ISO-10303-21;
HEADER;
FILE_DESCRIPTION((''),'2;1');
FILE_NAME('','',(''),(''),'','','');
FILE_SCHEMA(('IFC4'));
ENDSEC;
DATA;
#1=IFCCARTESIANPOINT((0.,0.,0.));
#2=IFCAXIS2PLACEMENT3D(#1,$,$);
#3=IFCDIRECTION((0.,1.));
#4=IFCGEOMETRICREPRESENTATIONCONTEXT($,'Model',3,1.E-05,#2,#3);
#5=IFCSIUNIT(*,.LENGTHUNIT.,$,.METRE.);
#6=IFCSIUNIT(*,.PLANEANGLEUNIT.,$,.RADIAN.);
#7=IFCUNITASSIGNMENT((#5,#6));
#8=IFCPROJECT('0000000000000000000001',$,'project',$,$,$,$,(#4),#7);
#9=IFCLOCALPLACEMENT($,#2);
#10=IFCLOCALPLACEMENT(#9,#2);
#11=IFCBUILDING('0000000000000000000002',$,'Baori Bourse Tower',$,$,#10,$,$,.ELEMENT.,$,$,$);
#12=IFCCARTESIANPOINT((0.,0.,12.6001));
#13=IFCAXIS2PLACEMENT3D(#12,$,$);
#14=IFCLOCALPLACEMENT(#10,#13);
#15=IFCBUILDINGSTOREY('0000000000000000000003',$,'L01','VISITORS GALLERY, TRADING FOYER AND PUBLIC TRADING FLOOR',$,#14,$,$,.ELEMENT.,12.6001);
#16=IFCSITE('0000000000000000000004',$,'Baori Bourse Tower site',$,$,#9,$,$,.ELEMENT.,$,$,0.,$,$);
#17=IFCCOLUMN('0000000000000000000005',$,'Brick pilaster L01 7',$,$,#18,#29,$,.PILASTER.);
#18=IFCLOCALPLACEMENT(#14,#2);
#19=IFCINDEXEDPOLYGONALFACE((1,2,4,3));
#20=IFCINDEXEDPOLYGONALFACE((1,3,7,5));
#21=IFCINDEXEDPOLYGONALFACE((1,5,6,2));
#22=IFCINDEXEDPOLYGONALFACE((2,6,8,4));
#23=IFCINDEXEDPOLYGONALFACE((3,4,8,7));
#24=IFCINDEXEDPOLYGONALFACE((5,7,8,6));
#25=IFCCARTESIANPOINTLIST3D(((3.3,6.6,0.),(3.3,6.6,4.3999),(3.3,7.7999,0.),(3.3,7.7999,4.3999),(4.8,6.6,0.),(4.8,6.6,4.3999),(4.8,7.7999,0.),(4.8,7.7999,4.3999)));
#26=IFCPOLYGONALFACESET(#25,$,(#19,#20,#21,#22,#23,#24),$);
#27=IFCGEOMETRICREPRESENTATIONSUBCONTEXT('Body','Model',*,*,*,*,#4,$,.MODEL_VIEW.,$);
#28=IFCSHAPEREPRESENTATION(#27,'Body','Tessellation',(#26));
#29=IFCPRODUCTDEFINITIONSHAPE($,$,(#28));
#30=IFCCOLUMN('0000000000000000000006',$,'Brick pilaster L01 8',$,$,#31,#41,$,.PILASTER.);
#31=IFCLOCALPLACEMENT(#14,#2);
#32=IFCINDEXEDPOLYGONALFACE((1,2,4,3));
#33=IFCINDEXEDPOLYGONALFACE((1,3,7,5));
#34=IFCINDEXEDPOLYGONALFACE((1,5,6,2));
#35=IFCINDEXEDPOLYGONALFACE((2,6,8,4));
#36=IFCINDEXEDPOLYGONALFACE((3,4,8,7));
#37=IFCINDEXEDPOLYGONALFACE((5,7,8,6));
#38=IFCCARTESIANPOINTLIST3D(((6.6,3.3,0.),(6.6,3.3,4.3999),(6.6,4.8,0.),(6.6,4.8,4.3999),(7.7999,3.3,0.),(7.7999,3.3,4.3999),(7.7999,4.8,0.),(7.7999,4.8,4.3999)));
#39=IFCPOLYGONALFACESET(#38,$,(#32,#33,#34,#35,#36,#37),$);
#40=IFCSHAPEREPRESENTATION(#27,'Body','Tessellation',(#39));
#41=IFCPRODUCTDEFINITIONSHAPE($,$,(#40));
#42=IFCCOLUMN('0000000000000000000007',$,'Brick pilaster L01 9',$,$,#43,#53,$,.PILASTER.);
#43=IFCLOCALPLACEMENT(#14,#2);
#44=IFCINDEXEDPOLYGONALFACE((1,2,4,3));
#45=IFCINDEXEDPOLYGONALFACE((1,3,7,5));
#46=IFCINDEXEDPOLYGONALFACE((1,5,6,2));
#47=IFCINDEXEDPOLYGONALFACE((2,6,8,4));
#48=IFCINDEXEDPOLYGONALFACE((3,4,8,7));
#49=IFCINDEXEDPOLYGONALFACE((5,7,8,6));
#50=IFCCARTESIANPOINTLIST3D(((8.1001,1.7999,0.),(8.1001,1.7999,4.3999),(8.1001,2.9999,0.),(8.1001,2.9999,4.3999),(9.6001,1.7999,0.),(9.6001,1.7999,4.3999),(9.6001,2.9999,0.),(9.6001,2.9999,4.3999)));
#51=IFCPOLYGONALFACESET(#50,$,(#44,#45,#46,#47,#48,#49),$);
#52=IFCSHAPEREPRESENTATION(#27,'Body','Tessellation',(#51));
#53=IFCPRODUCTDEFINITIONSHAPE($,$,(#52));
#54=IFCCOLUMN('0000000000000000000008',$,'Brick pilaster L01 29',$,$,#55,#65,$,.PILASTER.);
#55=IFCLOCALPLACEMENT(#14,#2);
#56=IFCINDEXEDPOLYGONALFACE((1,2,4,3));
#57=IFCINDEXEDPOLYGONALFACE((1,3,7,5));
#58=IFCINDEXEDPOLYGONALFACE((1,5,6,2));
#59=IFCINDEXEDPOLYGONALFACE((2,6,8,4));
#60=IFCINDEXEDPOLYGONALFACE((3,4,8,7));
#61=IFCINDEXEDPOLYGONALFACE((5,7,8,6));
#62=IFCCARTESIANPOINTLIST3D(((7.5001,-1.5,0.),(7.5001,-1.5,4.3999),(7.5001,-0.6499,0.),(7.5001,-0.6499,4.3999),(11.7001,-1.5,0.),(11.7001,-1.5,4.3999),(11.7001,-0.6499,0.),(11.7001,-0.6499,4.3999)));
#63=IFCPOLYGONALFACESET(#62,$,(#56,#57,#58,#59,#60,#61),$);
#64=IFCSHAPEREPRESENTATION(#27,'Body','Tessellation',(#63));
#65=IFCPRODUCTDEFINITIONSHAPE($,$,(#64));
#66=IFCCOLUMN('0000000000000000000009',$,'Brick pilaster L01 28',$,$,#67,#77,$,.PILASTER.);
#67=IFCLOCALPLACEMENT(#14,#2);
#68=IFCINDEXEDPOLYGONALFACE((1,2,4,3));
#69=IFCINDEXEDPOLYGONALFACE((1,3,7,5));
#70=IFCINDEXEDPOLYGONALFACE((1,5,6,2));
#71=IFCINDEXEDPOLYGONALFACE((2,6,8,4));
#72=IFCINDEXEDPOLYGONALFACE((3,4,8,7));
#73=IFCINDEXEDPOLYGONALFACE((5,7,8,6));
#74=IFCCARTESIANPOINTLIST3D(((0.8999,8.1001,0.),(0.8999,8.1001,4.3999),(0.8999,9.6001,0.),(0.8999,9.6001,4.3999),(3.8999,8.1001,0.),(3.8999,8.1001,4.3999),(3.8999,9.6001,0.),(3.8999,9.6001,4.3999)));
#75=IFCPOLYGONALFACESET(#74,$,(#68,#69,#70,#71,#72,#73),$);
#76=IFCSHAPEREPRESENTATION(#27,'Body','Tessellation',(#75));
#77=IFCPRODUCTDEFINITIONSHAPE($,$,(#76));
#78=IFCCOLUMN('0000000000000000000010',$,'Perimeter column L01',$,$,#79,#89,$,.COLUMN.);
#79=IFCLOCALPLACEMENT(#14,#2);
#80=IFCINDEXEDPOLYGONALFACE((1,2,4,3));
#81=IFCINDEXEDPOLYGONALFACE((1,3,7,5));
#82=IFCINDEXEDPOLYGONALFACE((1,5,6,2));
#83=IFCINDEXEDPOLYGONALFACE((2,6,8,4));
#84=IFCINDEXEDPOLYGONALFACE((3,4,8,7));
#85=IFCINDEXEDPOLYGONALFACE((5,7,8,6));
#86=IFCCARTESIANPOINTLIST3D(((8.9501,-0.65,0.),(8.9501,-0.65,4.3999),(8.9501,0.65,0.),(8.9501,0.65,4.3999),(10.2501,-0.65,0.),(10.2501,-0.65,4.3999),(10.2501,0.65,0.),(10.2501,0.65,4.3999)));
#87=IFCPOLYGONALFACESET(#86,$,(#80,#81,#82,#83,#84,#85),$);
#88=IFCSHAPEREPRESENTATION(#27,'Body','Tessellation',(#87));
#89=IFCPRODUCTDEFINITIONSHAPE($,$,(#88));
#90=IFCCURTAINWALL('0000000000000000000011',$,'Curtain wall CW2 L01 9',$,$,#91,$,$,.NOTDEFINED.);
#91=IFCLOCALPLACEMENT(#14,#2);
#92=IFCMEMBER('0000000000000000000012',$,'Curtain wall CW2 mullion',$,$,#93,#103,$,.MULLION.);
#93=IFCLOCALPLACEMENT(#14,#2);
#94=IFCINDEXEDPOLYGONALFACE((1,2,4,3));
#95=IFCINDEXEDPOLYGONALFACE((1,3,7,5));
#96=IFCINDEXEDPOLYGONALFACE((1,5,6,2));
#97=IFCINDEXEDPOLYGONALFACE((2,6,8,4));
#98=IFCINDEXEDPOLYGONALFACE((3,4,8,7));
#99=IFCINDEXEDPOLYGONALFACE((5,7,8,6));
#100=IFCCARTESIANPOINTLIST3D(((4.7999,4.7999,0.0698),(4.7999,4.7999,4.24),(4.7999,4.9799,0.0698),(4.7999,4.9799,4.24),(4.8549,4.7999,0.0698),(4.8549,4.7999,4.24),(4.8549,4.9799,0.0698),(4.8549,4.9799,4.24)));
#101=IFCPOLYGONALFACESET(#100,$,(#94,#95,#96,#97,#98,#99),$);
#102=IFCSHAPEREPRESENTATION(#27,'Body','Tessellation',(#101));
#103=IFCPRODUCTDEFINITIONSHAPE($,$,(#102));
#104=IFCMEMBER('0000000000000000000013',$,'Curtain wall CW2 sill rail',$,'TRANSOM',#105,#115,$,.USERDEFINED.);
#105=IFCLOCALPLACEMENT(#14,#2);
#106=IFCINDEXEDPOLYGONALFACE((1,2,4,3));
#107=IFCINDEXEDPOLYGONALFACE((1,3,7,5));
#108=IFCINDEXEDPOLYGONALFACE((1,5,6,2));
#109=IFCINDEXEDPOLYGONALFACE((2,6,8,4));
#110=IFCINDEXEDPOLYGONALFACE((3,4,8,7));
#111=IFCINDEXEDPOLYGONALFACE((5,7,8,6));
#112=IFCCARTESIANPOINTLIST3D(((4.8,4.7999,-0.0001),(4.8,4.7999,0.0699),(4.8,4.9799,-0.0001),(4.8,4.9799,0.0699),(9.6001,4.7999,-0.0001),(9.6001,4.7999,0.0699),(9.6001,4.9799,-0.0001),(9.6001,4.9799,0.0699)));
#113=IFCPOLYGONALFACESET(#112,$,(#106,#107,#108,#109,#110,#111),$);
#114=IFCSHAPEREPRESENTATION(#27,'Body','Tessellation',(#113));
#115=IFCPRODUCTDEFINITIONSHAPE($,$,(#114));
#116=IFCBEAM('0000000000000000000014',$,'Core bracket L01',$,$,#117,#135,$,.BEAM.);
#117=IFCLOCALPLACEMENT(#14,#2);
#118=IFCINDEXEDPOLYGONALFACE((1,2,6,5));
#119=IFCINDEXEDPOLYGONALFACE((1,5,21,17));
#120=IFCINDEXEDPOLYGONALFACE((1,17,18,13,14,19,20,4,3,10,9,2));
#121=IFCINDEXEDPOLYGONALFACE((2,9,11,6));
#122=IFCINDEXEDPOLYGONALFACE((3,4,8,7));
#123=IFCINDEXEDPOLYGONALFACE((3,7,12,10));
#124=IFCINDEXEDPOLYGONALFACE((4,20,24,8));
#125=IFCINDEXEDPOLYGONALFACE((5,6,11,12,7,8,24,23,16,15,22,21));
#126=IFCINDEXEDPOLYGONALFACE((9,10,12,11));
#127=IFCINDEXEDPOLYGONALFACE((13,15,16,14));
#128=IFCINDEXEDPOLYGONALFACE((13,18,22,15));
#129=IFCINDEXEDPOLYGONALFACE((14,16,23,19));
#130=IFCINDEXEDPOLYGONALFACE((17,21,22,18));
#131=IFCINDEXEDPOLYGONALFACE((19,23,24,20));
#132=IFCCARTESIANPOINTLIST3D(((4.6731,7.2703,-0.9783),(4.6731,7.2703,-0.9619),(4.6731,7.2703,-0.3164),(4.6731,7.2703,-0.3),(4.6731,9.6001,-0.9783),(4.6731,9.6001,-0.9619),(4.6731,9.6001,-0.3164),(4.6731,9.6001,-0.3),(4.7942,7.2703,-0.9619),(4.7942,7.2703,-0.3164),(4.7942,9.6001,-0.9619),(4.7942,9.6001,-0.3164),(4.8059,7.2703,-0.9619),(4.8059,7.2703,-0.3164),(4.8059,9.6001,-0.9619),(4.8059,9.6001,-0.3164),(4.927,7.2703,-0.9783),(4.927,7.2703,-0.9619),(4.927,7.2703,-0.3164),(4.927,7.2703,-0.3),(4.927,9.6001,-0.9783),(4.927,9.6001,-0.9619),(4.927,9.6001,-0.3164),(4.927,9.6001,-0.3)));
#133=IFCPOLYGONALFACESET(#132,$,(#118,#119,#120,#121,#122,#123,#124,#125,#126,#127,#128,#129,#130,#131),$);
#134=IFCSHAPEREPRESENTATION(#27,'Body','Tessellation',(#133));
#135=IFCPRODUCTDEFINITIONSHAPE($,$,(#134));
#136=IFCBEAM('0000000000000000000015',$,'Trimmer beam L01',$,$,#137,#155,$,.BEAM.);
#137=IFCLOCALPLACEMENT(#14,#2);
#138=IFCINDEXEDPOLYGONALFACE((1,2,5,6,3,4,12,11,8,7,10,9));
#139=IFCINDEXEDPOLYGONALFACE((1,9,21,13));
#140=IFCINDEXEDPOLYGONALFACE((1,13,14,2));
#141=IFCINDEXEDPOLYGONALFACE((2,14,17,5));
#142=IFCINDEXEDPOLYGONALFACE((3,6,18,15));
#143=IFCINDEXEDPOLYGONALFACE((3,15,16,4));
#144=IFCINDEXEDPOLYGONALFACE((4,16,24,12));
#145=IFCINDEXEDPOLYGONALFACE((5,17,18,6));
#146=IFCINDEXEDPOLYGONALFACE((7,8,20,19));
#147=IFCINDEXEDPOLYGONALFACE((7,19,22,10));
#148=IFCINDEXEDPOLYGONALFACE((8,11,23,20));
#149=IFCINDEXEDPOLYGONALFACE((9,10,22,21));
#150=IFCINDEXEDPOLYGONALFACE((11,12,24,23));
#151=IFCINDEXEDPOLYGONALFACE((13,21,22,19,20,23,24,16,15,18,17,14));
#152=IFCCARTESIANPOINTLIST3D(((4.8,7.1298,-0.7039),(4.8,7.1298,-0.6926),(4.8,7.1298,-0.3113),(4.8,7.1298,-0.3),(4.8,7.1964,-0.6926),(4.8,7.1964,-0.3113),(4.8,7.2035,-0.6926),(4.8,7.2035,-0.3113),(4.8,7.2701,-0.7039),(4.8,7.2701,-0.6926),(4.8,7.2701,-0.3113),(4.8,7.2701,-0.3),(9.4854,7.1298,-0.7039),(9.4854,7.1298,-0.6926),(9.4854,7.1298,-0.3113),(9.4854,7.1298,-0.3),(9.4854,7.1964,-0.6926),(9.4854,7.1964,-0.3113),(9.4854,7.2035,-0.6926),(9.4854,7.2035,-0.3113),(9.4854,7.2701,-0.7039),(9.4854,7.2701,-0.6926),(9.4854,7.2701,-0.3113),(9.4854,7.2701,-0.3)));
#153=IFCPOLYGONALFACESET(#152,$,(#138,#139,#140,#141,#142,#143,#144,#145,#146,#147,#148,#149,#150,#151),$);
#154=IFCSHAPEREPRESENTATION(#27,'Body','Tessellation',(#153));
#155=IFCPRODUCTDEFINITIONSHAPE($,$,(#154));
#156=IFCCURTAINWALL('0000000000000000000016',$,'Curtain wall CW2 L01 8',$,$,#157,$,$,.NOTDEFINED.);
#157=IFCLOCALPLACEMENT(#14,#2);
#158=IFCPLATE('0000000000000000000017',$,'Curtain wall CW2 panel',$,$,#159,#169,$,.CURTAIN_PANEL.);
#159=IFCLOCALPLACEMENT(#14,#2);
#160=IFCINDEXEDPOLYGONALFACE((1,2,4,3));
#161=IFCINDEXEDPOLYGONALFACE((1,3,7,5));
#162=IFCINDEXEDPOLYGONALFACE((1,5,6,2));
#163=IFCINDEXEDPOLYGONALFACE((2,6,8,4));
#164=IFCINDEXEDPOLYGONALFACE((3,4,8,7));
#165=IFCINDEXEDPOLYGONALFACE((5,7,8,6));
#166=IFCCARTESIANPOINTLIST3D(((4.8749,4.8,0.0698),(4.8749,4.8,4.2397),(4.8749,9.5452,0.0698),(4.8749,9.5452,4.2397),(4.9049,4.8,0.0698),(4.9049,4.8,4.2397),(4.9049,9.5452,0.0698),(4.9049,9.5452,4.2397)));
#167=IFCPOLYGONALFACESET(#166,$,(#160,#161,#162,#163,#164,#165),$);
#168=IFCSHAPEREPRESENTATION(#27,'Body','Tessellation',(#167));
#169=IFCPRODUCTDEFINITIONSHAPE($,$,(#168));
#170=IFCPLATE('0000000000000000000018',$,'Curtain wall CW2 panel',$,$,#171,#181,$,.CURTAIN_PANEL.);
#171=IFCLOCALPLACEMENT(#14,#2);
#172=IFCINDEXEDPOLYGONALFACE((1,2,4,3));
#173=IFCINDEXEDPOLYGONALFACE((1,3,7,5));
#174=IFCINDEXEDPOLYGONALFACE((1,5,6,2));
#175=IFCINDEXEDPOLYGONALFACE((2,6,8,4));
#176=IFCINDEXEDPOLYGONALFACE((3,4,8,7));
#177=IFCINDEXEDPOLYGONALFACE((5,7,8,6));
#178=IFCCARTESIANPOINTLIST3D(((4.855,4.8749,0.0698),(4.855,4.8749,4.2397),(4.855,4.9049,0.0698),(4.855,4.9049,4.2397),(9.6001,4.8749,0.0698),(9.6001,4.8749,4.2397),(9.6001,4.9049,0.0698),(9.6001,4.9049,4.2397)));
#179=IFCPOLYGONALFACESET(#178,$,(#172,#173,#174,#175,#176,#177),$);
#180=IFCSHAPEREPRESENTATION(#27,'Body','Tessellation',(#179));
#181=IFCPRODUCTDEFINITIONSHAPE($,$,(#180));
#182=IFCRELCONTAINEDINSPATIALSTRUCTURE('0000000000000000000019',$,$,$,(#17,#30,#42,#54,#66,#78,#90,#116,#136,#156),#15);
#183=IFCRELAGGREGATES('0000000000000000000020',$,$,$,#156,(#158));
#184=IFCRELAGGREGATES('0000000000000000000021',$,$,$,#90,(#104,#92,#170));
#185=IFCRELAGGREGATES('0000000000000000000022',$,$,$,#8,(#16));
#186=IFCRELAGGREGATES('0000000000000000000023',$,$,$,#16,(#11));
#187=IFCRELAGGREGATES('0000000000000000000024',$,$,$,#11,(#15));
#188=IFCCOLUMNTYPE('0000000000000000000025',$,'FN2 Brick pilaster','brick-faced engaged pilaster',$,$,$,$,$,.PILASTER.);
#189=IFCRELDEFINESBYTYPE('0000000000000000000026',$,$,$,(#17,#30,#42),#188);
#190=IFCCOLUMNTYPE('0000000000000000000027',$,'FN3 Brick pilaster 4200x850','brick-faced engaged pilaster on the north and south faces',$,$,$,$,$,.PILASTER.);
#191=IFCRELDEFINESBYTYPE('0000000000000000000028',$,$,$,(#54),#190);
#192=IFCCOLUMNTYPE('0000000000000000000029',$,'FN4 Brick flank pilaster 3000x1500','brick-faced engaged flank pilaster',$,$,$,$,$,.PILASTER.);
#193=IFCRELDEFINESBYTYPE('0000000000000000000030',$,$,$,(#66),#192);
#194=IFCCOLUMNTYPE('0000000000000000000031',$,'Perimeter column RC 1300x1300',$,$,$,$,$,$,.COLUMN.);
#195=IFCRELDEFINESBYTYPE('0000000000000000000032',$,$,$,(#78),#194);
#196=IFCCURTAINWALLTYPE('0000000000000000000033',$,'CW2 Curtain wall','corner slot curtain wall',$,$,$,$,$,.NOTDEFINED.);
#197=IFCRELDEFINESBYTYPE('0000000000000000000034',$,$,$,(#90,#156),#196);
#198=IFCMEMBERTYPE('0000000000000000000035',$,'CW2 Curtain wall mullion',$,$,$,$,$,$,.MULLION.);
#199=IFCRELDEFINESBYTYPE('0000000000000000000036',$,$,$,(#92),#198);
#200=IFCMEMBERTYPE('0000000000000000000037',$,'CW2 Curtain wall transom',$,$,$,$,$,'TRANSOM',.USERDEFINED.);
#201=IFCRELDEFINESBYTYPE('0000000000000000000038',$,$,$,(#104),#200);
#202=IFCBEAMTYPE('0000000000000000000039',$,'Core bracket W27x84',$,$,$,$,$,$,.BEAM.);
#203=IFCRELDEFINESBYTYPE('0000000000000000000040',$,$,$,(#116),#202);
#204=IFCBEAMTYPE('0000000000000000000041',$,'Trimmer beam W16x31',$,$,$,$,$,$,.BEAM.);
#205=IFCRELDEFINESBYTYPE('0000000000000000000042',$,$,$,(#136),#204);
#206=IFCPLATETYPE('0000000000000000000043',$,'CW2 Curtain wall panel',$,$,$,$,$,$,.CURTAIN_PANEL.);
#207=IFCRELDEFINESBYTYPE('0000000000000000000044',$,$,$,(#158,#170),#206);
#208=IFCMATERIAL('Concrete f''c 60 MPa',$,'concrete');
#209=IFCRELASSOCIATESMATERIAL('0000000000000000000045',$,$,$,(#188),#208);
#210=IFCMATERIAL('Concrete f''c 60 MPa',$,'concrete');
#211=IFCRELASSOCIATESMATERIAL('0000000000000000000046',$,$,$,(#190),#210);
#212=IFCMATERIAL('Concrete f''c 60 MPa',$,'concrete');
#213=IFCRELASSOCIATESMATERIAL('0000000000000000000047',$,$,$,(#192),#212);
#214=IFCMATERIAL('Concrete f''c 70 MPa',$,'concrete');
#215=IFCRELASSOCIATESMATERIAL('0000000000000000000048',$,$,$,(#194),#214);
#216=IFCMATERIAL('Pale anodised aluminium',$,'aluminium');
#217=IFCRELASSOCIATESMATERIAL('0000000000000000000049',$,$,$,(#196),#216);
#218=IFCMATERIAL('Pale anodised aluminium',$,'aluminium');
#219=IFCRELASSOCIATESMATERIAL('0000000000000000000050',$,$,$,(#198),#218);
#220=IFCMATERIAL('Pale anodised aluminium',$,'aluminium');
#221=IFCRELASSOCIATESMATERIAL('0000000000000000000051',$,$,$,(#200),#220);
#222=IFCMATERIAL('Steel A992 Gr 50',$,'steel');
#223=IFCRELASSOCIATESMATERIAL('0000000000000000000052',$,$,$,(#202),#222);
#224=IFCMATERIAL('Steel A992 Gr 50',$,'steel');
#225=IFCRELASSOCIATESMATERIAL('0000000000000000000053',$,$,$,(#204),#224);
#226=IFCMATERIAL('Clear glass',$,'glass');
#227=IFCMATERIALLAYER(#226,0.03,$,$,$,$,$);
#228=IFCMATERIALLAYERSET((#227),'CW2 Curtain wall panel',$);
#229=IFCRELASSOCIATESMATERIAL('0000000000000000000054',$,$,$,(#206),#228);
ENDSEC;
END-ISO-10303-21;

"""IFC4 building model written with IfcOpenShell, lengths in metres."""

from ifc_helpers import new_model, si_unit, direction, frame, origin, origin_2d, place, context, subcontext, project, spatial, rectangle, i_section, extrude, material, layer, layer_set, material_profile, profile_set, type_object, element, aggregate, save


model = new_model("IFC4")

# Units and contexts
model_context = context("Model", 3, precision=1e-05, world=origin(), true_north=direction((0.0, 1.0)))
body_context = subcontext(model_context, "Body", "Model", "MODEL_VIEW")
ifc_project = project(units=[si_unit("LENGTHUNIT", "METRE"), si_unit("PLANEANGLEUNIT", "RADIAN")], contexts=[model_context])

# Site, building, storey
site_placement = place(None, origin())
site = spatial("IfcSite", under=ifc_project, at=site_placement, Name="Baori Bourse Tower site", CompositionType="ELEMENT", RefElevation=0.0)
building_placement = place(site_placement, origin())
building = spatial("IfcBuilding", under=site, at=building_placement, Name="Baori Bourse Tower", CompositionType="ELEMENT")
storey_placement = place(building_placement, frame((0.0, 0.0, 12.6001)))
storey = spatial("IfcBuildingStorey", under=building, at=storey_placement, Name="L01", Description="VISITORS GALLERY, TRADING FOYER AND PUBLIC TRADING FLOOR", CompositionType="ELEMENT", Elevation=12.6001)

# Columns
ifc_material_1 = material(Name="Concrete f'c 60 MPa", Category="concrete")
ifc_material_profile_1 = material_profile(ifc_material_1, rectangle(XDim=1.2, YDim=1.5, at=origin_2d()), Name="RC 1200x1500")
ifc_profile_set_1 = profile_set([ifc_material_profile_1], Name="Concrete f'c 60 MPa")
column_type_1 = type_object("IfcColumnType", Name="FN2 Brick pilaster", Description="brick-faced engaged pilaster", PredefinedType="PILASTER", material=ifc_profile_set_1)
for number, where, z_axis, x_axis, name in (
    (1, (4.05, 7.2, 0.0), (0.0, 0.0, 1.0), (0.0, 1.0, 0.0), "Brick pilaster L01 7"),
    (2, (7.2, 4.05, 0.0), (0.0, 0.0, 1.0), (1.0, 0.0, 0.0), "Brick pilaster L01 8"),
    (3, (8.8501, 2.3999, 0.0), (0.0, 0.0, 1.0), (0.0, 1.0, 0.0), "Brick pilaster L01 9"),
):
    element("IfcColumn", number, at=place(storey_placement, frame(where, z_axis=z_axis, x_axis=x_axis)), inside=storey, type_object=column_type_1, Name=name, PredefinedType="PILASTER", context=body_context, shape_type="SweptSolid", body=[
        extrude(rectangle(XDim=1.2, YDim=1.5, at=origin_2d()), origin(), (0.0, 0.0, 1.0), 4.3999),
    ])
ifc_material_2 = material(Name="Concrete f'c 60 MPa", Category="concrete")
ifc_material_profile_2 = material_profile(ifc_material_2, rectangle(XDim=4.2, YDim=0.8501, at=origin_2d()), Name="RC 4200x850")
ifc_profile_set_2 = profile_set([ifc_material_profile_2], Name="Concrete f'c 60 MPa")
column_type_2 = type_object("IfcColumnType", Name="FN3 Brick pilaster 4200x850", Description="brick-faced engaged pilaster on the north and south faces", PredefinedType="PILASTER", material=ifc_profile_set_2)
column_1_placement = place(storey_placement, frame((9.6001, -1.075, 0.0), z_axis=(0.0, 0.0, 1.0), x_axis=(1.0, 0.0, 0.0)))
element("IfcColumn", 4, at=column_1_placement, inside=storey, type_object=column_type_2, Name="Brick pilaster L01 29", PredefinedType="PILASTER", context=body_context, shape_type="SweptSolid", body=[
    extrude(rectangle(XDim=4.2, YDim=0.8501, at=origin_2d()), origin(), (0.0, 0.0, 1.0), 4.3999),
])
ifc_material_3 = material(Name="Concrete f'c 60 MPa", Category="concrete")
ifc_material_profile_3 = material_profile(ifc_material_3, rectangle(XDim=3.0, YDim=1.5, at=origin_2d()), Name="RC 3000x1500")
ifc_profile_set_3 = profile_set([ifc_material_profile_3], Name="Concrete f'c 60 MPa")
column_type_3 = type_object("IfcColumnType", Name="FN4 Brick flank pilaster 3000x1500", Description="brick-faced engaged flank pilaster", PredefinedType="PILASTER", material=ifc_profile_set_3)
column_2_placement = place(storey_placement, frame((2.3999, 8.8501, 0.0), z_axis=(0.0, 0.0, 1.0), x_axis=(1.0, 0.0, 0.0)))
element("IfcColumn", 5, at=column_2_placement, inside=storey, type_object=column_type_3, Name="Brick pilaster L01 28", PredefinedType="PILASTER", context=body_context, shape_type="SweptSolid", body=[
    extrude(rectangle(XDim=3.0, YDim=1.5, at=origin_2d()), origin(), (0.0, 0.0, 1.0), 4.3999),
])
ifc_material_4 = material(Name="Concrete f'c 70 MPa", Category="concrete")
ifc_material_profile_4 = material_profile(ifc_material_4, rectangle(XDim=1.3, YDim=1.3, at=origin_2d()), Name="RC 1300x1300")
ifc_profile_set_4 = profile_set([ifc_material_profile_4], Name="Concrete f'c 70 MPa")
column_type_4 = type_object("IfcColumnType", Name="Perimeter column RC 1300x1300", PredefinedType="COLUMN", material=ifc_profile_set_4)
column_3_placement = place(storey_placement, frame((9.6001, 0.0, 0.0), z_axis=(0.0, 0.0, 1.0), x_axis=(1.0, 0.0, 0.0)))
element("IfcColumn", 6, at=column_3_placement, inside=storey, type_object=column_type_4, Name="Perimeter column L01", PredefinedType="COLUMN", context=body_context, shape_type="SweptSolid", body=[
    extrude(rectangle(XDim=1.3, YDim=1.3, at=origin_2d()), origin(), (0.0, 0.0, 1.0), 4.3999),
])

# Curtain wall, members
ifc_material_5 = material(Name="Pale anodised aluminium", Category="aluminium")
curtain_wall_type = type_object("IfcCurtainWallType", Name="CW2 Curtain wall", Description="corner slot curtain wall", PredefinedType="NOTDEFINED", material=ifc_material_5)
curtain_wall_1_placement = place(storey_placement, origin())
curtain_wall_1 = element("IfcCurtainWall", 7, at=curtain_wall_1_placement, inside=storey, type_object=curtain_wall_type, Name="Curtain wall CW2 L01 9", PredefinedType="NOTDEFINED")
ifc_material_6 = material(Name="Pale anodised aluminium", Category="aluminium")
ifc_material_profile_5 = material_profile(ifc_material_6, rectangle(XDim=0.1799, YDim=0.0549, at=origin_2d()), Name="Mullion 55x180")
ifc_profile_set_5 = profile_set([ifc_material_profile_5], Name="Pale anodised aluminium")
member_type_1 = type_object("IfcMemberType", Name="CW2 Curtain wall mullion", PredefinedType="MULLION", material=ifc_profile_set_5)
member_1_placement = place(storey_placement, frame((4.8274, 4.8899, 0.0698), z_axis=(0.0, 0.0, 1.0), x_axis=(0.0, 1.0, 0.0)))
member_1 = element("IfcMember", 8, at=member_1_placement, type_object=member_type_1, Name="Curtain wall CW2 mullion", PredefinedType="MULLION", context=body_context, shape_type="SweptSolid", body=[
    extrude(rectangle(XDim=0.1799, YDim=0.0549, at=origin_2d()), origin(), (0.0, 0.0, 1.0), 4.1702),
])
ifc_material_7 = material(Name="Pale anodised aluminium", Category="aluminium")
ifc_material_profile_6 = material_profile(ifc_material_7, rectangle(XDim=0.1799, YDim=0.0701, at=origin_2d()), Name="Transom 70x180")
ifc_profile_set_6 = profile_set([ifc_material_profile_6], Name="Pale anodised aluminium")
member_type_2 = type_object("IfcMemberType", Name="CW2 Curtain wall transom", ElementType="TRANSOM", PredefinedType="USERDEFINED", material=ifc_profile_set_6)
member_2_placement = place(storey_placement, frame((4.8, 4.8899, 0.0349), z_axis=(1.0, 0.0, 0.0), x_axis=(0.0, 1.0, 0.0)))
member_2 = element("IfcMember", 9, at=member_2_placement, type_object=member_type_2, Name="Curtain wall CW2 sill rail", ObjectType="TRANSOM", PredefinedType="USERDEFINED", context=body_context, shape_type="SweptSolid", body=[
    extrude(rectangle(XDim=0.1799, YDim=0.0701, at=origin_2d()), origin(), (0.0, 0.0, 1.0), 4.8),
])

# Beams
ifc_material_8 = material(Name="Steel A992 Gr 50", Category="steel")
ifc_material_profile_7 = material_profile(ifc_material_8, i_section(OverallWidth=0.2539, OverallDepth=0.6782, WebThickness=0.0117, FlangeThickness=0.0164, at=origin_2d()), Name="W27x84")
ifc_profile_set_7 = profile_set([ifc_material_profile_7], Name="Steel A992 Gr 50")
beam_type_1 = type_object("IfcBeamType", Name="Core bracket W27x84", PredefinedType="BEAM", material=ifc_profile_set_7)
beam_1_placement = place(storey_placement, frame((4.8, 7.2703, -0.6392), z_axis=(0.0, 1.0, 0.0), x_axis=(-1.0, 0.0, 0.0)))
element("IfcBeam", 10, at=beam_1_placement, inside=storey, type_object=beam_type_1, Name="Core bracket L01", PredefinedType="BEAM", context=body_context, shape_type="SweptSolid", body=[
    extrude(i_section(OverallWidth=0.2539, OverallDepth=0.6782, WebThickness=0.0117, FlangeThickness=0.0164, at=origin_2d()), origin(), (0.0, 0.0, 1.0), 2.3298),
])
ifc_material_9 = material(Name="Steel A992 Gr 50", Category="steel")
ifc_material_profile_8 = material_profile(ifc_material_9, i_section(OverallWidth=0.1404, OverallDepth=0.4038, WebThickness=0.0071, FlangeThickness=0.0112, at=origin_2d()), Name="W16x31")
ifc_profile_set_8 = profile_set([ifc_material_profile_8], Name="Steel A992 Gr 50")
beam_type_2 = type_object("IfcBeamType", Name="Trimmer beam W16x31", PredefinedType="BEAM", material=ifc_profile_set_8)
beam_2_placement = place(storey_placement, frame((4.8, 7.2, -0.502), z_axis=(1.0, 0.0, 0.0), x_axis=(0.0, 1.0, 0.0)))
element("IfcBeam", 11, at=beam_2_placement, inside=storey, type_object=beam_type_2, Name="Trimmer beam L01", PredefinedType="BEAM", context=body_context, shape_type="SweptSolid", body=[
    extrude(i_section(OverallWidth=0.1404, OverallDepth=0.4038, WebThickness=0.0071, FlangeThickness=0.0112, at=origin_2d()), origin(), (0.0, 0.0, 1.0), 4.6853),
])

# Curtain wall, plate
curtain_wall_2_placement = place(storey_placement, origin())
curtain_wall_2 = element("IfcCurtainWall", 12, at=curtain_wall_2_placement, inside=storey, type_object=curtain_wall_type, Name="Curtain wall CW2 L01 8", PredefinedType="NOTDEFINED")
ifc_material_10 = material(Name="Clear glass", Category="glass")
ifc_layer_1 = layer(ifc_material_10, 0.03)
ifc_layer_set_1 = layer_set([ifc_layer_1], Name="CW2 Curtain wall panel")
plate_type = type_object("IfcPlateType", Name="CW2 Curtain wall panel", PredefinedType="CURTAIN_PANEL", material=ifc_layer_set_1)
plate_1_placement = place(storey_placement, frame((4.8899, 7.1726, 0.0698), z_axis=(0.0, 0.0, 1.0), x_axis=(0.0, -1.0, 0.0)))
plate_1 = element("IfcPlate", 13, at=plate_1_placement, type_object=plate_type, Name="Curtain wall CW2 panel", PredefinedType="CURTAIN_PANEL", context=body_context, shape_type="SweptSolid", body=[
    extrude(rectangle(XDim=4.7451, YDim=0.03, at=origin_2d()), origin(), (0.0, 0.0, 1.0), 4.1699),
])
aggregate(curtain_wall_2, [plate_1])

# Plate
plate_2_placement = place(storey_placement, frame((7.2275, 4.8899, 0.0698), z_axis=(0.0, 0.0, 1.0), x_axis=(1.0, 0.0, 0.0)))
plate_2 = element("IfcPlate", 14, at=plate_2_placement, type_object=plate_type, Name="Curtain wall CW2 panel", PredefinedType="CURTAIN_PANEL", context=body_context, shape_type="SweptSolid", body=[
    extrude(rectangle(XDim=4.7451, YDim=0.03, at=origin_2d()), origin(), (0.0, 0.0, 1.0), 4.1699),
])
aggregate(curtain_wall_1, [member_2, member_1, plate_2])

save(model, "model.ifc")
